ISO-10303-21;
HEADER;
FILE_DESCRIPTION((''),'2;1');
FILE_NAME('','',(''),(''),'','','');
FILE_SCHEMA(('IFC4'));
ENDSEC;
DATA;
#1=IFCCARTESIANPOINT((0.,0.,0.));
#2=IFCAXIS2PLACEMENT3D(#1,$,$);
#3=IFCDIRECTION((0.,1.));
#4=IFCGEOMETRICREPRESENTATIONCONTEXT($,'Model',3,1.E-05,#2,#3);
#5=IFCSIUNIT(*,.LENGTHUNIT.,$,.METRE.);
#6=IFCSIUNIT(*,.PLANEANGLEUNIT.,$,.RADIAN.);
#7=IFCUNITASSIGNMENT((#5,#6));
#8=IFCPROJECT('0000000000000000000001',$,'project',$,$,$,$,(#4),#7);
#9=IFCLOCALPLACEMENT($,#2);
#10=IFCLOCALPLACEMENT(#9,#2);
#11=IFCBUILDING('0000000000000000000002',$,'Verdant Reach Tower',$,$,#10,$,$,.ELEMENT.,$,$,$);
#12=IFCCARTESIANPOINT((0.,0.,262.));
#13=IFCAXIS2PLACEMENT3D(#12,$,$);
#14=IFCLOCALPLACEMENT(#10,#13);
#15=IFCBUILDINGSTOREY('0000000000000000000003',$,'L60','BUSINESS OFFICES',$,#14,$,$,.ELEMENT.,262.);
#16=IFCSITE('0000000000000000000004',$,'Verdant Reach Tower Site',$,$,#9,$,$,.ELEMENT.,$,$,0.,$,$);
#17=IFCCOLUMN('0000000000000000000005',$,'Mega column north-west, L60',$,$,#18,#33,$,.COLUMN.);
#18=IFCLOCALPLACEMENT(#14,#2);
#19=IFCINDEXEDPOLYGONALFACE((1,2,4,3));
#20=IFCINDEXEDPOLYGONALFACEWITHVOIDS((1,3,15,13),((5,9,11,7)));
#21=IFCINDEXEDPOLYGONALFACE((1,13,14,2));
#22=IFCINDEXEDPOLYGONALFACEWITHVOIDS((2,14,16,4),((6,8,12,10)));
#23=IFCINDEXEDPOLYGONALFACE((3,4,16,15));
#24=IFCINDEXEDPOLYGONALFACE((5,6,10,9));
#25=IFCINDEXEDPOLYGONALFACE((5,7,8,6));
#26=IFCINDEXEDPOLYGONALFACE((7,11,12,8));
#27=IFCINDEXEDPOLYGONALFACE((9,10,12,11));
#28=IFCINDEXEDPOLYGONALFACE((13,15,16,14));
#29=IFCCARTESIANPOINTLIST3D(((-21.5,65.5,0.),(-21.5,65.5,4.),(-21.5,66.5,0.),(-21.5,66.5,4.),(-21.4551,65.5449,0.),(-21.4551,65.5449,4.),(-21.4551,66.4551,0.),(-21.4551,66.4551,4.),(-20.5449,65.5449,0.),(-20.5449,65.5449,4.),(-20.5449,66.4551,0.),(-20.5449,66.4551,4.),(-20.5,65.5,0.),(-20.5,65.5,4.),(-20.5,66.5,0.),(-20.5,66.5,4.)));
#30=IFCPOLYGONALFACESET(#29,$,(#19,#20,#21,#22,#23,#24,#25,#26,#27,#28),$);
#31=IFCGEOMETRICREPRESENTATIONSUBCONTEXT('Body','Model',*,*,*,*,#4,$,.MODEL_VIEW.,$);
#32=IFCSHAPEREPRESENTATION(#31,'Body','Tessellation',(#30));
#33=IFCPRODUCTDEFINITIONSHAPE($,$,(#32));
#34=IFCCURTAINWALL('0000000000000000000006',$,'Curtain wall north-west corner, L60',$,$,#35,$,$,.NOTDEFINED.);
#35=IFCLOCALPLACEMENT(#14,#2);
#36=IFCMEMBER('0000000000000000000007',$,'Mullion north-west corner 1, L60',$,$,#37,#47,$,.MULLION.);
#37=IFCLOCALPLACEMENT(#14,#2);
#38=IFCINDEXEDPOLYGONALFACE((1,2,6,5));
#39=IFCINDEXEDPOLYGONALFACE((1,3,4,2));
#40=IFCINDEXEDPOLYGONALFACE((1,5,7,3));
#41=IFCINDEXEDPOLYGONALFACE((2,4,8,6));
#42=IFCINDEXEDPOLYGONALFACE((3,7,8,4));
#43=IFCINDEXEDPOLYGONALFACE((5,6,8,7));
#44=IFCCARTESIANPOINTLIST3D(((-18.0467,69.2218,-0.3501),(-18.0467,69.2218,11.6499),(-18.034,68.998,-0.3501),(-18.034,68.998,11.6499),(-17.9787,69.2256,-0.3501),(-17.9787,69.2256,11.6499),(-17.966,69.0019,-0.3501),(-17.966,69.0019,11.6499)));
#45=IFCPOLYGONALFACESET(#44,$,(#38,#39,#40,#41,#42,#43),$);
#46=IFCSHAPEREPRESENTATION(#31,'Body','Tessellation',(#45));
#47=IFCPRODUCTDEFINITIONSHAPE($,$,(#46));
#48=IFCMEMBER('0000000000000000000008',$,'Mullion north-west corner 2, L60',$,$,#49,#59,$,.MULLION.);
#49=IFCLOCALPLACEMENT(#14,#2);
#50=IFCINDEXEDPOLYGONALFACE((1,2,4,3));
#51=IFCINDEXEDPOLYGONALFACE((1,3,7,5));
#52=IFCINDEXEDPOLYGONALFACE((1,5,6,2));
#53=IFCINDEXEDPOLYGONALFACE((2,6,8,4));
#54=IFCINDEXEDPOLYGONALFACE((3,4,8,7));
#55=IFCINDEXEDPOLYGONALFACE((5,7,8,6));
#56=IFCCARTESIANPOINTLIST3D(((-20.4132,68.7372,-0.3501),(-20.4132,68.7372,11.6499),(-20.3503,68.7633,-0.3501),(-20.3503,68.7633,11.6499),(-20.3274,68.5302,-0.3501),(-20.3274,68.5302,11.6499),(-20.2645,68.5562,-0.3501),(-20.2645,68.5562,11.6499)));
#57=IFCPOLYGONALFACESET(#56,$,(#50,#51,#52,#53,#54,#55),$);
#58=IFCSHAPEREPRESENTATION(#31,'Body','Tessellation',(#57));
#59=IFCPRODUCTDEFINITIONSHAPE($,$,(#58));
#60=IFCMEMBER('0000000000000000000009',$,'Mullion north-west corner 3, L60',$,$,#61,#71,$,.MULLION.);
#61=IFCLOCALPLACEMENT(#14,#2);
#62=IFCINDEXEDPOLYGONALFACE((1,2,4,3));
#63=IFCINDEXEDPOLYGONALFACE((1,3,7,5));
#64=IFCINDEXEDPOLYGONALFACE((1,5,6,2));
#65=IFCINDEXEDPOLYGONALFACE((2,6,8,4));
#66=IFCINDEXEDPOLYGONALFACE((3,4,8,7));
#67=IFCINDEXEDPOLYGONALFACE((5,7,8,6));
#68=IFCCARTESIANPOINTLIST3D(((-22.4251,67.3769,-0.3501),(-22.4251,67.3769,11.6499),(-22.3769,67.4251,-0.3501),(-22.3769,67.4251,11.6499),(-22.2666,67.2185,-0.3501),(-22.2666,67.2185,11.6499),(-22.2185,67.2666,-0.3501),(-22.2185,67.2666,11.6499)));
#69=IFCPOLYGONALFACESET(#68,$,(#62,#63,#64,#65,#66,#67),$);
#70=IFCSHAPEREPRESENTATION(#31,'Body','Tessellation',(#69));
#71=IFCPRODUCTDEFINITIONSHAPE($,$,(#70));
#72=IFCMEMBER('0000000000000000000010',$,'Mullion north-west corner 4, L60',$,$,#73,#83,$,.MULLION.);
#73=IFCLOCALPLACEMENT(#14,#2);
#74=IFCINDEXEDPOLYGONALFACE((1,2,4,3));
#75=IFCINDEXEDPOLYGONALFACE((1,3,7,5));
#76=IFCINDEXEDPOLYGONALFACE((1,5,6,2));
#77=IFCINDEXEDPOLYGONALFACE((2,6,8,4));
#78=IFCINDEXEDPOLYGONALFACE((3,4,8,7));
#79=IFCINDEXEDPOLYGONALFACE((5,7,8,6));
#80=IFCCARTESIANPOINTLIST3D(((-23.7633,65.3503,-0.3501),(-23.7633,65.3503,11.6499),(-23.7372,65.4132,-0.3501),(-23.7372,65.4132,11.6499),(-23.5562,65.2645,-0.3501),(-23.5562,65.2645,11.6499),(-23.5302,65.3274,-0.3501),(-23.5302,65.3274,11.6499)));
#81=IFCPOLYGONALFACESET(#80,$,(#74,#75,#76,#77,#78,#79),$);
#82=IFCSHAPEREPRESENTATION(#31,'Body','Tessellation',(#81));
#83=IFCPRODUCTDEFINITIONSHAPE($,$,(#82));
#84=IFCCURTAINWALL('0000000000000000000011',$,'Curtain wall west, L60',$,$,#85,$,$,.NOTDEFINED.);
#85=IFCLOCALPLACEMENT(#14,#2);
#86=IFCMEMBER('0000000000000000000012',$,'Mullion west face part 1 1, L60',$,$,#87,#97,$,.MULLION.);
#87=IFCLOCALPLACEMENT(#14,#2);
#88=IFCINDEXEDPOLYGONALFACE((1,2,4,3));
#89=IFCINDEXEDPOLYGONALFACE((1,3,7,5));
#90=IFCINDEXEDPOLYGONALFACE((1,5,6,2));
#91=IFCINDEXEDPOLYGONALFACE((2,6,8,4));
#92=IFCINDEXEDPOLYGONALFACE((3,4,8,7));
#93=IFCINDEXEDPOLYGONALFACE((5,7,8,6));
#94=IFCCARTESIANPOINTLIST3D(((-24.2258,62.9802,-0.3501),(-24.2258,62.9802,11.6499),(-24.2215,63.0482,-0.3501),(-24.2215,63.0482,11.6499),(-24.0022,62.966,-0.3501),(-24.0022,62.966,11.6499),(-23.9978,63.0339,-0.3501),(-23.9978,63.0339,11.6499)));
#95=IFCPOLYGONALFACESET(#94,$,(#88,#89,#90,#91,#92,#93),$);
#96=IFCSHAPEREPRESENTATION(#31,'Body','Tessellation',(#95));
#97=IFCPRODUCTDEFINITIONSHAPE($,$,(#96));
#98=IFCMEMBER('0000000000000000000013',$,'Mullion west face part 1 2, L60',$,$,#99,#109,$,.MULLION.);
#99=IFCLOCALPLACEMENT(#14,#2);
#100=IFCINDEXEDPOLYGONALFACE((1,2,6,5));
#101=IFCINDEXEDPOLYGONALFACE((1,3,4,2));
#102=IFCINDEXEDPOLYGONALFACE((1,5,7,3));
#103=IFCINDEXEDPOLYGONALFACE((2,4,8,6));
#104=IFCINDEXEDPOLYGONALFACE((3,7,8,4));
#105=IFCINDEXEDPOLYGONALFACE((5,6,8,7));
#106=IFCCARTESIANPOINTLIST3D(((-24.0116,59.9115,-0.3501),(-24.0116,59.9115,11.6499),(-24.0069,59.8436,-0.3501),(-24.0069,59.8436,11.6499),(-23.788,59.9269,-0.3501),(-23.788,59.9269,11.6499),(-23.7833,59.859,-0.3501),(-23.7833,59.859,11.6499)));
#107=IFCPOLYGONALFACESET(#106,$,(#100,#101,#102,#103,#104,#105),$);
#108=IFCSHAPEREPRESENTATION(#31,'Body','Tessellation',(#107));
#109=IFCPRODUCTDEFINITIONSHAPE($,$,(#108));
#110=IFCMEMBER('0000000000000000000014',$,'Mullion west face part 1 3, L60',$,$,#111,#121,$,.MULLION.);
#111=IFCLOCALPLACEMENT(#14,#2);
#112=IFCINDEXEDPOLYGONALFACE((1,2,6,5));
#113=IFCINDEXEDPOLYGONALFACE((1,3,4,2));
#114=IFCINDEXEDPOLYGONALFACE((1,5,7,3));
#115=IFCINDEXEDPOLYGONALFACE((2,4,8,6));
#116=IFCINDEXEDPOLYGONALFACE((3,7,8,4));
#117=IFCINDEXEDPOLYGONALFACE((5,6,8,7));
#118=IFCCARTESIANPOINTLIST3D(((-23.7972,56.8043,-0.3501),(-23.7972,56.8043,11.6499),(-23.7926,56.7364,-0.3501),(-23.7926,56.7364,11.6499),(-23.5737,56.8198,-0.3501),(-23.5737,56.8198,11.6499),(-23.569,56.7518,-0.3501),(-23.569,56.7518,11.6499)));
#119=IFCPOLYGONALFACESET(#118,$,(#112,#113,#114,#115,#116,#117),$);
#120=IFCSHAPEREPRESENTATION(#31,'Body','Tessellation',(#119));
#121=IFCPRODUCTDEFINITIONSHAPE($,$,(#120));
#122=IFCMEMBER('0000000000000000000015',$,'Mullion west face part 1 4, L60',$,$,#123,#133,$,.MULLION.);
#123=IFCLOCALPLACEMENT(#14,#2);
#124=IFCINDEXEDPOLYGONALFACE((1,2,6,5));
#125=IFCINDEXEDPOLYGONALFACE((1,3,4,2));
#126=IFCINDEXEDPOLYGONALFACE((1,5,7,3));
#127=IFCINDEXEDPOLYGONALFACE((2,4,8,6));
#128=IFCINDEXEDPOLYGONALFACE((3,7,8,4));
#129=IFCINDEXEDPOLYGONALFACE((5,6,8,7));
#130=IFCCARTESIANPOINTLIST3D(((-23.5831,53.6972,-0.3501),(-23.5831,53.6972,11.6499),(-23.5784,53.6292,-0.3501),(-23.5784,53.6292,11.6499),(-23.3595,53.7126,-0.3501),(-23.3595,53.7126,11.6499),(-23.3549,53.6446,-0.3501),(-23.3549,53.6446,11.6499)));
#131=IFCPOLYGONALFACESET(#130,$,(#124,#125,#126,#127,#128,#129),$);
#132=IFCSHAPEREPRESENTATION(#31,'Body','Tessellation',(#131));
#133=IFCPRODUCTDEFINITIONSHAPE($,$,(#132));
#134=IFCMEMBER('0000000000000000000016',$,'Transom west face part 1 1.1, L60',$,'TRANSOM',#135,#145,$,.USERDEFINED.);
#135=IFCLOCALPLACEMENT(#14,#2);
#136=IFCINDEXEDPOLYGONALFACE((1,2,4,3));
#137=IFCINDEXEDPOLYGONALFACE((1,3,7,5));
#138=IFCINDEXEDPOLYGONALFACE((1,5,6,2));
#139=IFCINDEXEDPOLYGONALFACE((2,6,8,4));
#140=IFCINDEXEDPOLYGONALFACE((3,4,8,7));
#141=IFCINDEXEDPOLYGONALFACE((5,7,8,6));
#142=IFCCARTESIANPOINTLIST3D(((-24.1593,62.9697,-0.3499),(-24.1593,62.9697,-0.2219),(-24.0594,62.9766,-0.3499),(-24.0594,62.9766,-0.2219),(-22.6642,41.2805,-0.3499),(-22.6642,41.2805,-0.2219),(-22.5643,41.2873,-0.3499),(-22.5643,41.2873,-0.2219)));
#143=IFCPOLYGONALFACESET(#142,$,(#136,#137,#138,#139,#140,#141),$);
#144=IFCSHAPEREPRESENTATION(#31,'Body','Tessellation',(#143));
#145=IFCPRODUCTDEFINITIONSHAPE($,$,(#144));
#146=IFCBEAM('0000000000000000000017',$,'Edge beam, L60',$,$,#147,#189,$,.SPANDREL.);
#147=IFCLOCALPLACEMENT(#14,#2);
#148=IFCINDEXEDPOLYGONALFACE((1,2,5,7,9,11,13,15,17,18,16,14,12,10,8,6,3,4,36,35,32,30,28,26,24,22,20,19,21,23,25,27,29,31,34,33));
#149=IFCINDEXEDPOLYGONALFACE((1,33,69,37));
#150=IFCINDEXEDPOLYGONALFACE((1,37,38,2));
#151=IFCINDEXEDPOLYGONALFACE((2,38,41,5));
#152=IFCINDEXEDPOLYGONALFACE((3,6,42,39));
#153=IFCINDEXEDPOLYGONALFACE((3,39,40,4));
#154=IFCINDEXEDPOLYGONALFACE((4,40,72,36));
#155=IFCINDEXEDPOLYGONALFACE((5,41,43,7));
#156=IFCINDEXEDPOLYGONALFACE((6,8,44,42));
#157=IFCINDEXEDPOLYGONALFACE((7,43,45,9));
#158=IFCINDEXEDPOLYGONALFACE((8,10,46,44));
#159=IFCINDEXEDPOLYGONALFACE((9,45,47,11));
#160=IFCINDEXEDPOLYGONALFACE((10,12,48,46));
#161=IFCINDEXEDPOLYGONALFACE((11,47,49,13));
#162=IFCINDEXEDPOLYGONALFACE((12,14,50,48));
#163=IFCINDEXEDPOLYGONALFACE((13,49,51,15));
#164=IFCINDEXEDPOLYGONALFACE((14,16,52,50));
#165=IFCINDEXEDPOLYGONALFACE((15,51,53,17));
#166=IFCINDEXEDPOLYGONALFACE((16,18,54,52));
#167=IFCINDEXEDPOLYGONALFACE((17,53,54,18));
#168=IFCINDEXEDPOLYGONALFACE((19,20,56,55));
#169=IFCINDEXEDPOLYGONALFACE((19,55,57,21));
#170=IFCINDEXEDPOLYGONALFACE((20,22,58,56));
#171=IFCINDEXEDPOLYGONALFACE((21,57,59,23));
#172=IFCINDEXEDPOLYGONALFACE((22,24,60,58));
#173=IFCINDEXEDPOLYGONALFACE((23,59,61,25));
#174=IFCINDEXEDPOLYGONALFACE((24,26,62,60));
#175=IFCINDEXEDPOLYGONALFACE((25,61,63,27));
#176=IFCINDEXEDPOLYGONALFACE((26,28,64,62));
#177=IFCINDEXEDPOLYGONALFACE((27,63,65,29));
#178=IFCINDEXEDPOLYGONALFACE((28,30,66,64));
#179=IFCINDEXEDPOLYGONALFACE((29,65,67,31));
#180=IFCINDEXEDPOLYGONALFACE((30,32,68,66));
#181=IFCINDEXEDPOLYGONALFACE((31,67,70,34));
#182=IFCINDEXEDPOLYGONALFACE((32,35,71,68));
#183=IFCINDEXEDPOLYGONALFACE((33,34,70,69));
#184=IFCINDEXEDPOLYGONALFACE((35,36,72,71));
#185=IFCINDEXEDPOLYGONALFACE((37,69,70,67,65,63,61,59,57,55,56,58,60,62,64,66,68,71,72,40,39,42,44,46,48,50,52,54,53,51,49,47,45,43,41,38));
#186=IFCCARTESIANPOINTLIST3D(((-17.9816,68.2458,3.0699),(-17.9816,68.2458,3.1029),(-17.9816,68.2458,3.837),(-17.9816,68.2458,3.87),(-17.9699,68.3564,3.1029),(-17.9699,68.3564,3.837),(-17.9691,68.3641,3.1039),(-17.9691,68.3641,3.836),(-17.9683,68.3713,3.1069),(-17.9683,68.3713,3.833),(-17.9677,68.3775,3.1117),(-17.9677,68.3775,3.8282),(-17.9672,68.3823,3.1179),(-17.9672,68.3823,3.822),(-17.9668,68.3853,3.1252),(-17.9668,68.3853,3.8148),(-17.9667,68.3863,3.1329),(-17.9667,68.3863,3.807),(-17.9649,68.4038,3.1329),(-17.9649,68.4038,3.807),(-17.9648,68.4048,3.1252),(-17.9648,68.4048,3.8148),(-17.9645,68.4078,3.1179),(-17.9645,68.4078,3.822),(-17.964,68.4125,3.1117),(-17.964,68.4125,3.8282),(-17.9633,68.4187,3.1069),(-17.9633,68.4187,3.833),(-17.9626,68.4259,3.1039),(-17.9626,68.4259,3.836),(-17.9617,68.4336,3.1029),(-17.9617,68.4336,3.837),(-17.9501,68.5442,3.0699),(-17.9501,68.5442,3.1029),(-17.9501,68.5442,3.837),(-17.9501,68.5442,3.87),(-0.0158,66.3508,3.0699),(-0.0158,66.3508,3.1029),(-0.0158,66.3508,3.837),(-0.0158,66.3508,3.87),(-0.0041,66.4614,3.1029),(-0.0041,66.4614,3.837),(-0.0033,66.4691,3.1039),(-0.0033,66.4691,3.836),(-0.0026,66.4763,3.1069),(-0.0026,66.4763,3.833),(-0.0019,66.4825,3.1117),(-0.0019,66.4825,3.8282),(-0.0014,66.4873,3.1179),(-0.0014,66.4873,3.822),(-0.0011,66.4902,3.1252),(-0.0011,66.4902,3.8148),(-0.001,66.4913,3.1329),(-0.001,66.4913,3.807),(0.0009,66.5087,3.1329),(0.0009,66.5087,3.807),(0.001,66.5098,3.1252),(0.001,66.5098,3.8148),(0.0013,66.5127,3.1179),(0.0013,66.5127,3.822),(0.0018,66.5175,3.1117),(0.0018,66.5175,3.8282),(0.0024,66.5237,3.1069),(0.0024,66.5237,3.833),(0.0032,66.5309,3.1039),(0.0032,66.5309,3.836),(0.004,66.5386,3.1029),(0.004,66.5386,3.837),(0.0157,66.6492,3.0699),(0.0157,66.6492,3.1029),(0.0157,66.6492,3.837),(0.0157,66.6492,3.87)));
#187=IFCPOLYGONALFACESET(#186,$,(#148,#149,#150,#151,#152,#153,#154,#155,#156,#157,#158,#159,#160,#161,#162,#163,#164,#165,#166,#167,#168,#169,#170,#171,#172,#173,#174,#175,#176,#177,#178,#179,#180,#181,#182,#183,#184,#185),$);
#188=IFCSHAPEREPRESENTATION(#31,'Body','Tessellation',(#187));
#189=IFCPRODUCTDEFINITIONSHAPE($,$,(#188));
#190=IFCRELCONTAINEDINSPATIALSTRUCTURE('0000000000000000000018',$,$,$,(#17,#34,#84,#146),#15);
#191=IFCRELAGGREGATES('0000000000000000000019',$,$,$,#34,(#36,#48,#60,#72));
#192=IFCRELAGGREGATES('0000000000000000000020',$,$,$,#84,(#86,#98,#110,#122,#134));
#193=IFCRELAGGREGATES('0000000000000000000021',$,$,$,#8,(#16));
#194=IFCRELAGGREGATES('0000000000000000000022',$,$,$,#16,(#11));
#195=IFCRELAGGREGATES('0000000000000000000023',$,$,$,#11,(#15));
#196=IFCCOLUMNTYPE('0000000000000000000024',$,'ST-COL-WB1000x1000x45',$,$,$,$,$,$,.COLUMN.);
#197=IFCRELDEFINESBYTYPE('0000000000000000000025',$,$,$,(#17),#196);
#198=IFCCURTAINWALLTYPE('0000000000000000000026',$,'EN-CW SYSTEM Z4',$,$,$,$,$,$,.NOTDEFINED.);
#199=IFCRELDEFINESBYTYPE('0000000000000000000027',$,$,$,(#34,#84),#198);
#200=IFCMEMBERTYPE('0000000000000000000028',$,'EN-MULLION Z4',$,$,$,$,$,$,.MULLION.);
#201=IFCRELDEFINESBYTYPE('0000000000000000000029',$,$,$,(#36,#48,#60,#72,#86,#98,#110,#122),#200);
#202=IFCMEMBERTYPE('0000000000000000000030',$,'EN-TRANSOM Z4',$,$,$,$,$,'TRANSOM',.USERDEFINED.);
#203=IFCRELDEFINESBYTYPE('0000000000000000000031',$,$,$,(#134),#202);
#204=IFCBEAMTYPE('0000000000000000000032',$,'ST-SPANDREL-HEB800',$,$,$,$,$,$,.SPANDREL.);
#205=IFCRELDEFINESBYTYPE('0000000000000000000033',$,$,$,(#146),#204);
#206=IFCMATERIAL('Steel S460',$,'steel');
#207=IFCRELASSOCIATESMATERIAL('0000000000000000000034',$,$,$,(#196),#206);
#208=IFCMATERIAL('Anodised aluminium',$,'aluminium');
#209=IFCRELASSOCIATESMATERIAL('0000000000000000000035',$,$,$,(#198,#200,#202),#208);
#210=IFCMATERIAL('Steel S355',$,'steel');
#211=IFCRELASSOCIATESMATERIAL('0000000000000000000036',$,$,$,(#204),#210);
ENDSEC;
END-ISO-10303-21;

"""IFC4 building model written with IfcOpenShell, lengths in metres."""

from ifc_helpers import new_model, si_unit, direction, frame, origin, origin_2d, place, context, subcontext, project, spatial, rectangle, hollow_rectangle, i_section, extrude, material, material_profile, profile_set, type_object, element, aggregate, save


model = new_model("IFC4")

# Units and contexts
model_context = context("Model", 3, precision=1e-05, world=origin(), true_north=direction((0.0, 1.0)))
body_context = subcontext(model_context, "Body", "Model", "MODEL_VIEW")
ifc_project = project(units=[si_unit("LENGTHUNIT", "METRE"), si_unit("PLANEANGLEUNIT", "RADIAN")], contexts=[model_context])

# Site, building, storey
site_placement = place(None, origin())
site = spatial("IfcSite", under=ifc_project, at=site_placement, Name="Verdant Reach Tower Site", CompositionType="ELEMENT", RefElevation=0.0)
building_placement = place(site_placement, origin())
building = spatial("IfcBuilding", under=site, at=building_placement, Name="Verdant Reach Tower", CompositionType="ELEMENT")
storey_placement = place(building_placement, frame((0.0, 0.0, 262.0)))
storey = spatial("IfcBuildingStorey", under=building, at=storey_placement, Name="L60", Description="BUSINESS OFFICES", CompositionType="ELEMENT", Elevation=262.0)

# Column
ifc_material_1 = material(Name="Steel S460", Category="steel")
ifc_material_profile_1 = material_profile(ifc_material_1, hollow_rectangle(XDim=1.0, YDim=1.0, WallThickness=0.0449, at=origin_2d()), Name="WB 1000x1000x45")
ifc_profile_set_1 = profile_set([ifc_material_profile_1], Name="Steel S460")
column_type = type_object("IfcColumnType", Name="ST-COL-WB1000x1000x45", PredefinedType="COLUMN", material=ifc_profile_set_1)
column_placement = place(storey_placement, frame((-21.0, 66.0, 0.0), z_axis=(0.0, 0.0, 1.0), x_axis=(1.0, 0.0, 0.0)))
element("IfcColumn", 1, at=column_placement, inside=storey, type_object=column_type, Name="Mega column north-west, L60", PredefinedType="COLUMN", context=body_context, shape_type="SweptSolid", body=[
    extrude(hollow_rectangle(XDim=1.0, YDim=1.0, WallThickness=0.0449, at=origin_2d()), origin(), (0.0, 0.0, 1.0), 4.0),
])

# Curtain walls, members
ifc_material_2 = material(Name="Anodised aluminium", Category="aluminium")
curtain_wall_type = type_object("IfcCurtainWallType", Name="EN-CW SYSTEM Z4", PredefinedType="NOTDEFINED", material=ifc_material_2)
curtain_wall_1_placement = place(storey_placement, origin())
curtain_wall_1 = element("IfcCurtainWall", 2, at=curtain_wall_1_placement, inside=storey, type_object=curtain_wall_type, Name="Curtain wall north-west corner, L60", PredefinedType="NOTDEFINED")
ifc_material_profile_2 = material_profile(ifc_material_2, rectangle(XDim=0.2241, YDim=0.0681, at=origin_2d()), Name="Mullion 68x224")
ifc_profile_set_2 = profile_set([ifc_material_profile_2], Name="Anodised aluminium")
member_type_1 = type_object("IfcMemberType", Name="EN-MULLION Z4", PredefinedType="MULLION", material=ifc_profile_set_2)
member_1_placement = place(storey_placement, frame((-18.0063, 69.1118, -0.3501), z_axis=(0.0, 0.0, 1.0), x_axis=(-0.056569, 0.998399, 0.0)))
member_1 = element("IfcMember", 3, at=member_1_placement, type_object=member_type_1, Name="Mullion north-west corner 1, L60", PredefinedType="MULLION", context=body_context, shape_type="SweptSolid", body=[
    extrude(rectangle(XDim=0.2241, YDim=0.0681, at=origin_2d()), origin(), (0.0, 0.0, 1.0), 12.0),
])
member_2_placement = place(storey_placement, frame((-20.3389, 68.6467, -0.3501), z_axis=(0.0, 0.0, 1.0), x_axis=(-0.382694, 0.923875, 0.0)))
member_2 = element("IfcMember", 4, at=member_2_placement, type_object=member_type_1, Name="Mullion north-west corner 2, L60", PredefinedType="MULLION", context=body_context, shape_type="SweptSolid", body=[
    extrude(rectangle(XDim=0.2241, YDim=0.0681, at=origin_2d()), origin(), (0.0, 0.0, 1.0), 12.0),
])
member_3_placement = place(storey_placement, frame((-22.3218, 67.3218, -0.3501), z_axis=(0.0, 0.0, 1.0), x_axis=(-0.707107, 0.707107, 0.0)))
member_3 = element("IfcMember", 5, at=member_3_placement, type_object=member_type_1, Name="Mullion north-west corner 3, L60", PredefinedType="MULLION", context=body_context, shape_type="SweptSolid", body=[
    extrude(rectangle(XDim=0.2241, YDim=0.0681, at=origin_2d()), origin(), (0.0, 0.0, 1.0), 12.0),
])
member_4_placement = place(storey_placement, frame((-23.6467, 65.3389, -0.3501), z_axis=(0.0, 0.0, 1.0), x_axis=(-0.923875, 0.382694, 0.0)))
member_4 = element("IfcMember", 6, at=member_4_placement, type_object=member_type_1, Name="Mullion north-west corner 4, L60", PredefinedType="MULLION", context=body_context, shape_type="SweptSolid", body=[
    extrude(rectangle(XDim=0.2241, YDim=0.0681, at=origin_2d()), origin(), (0.0, 0.0, 1.0), 12.0),
])
curtain_wall_2_placement = place(storey_placement, origin())
curtain_wall_2 = element("IfcCurtainWall", 7, at=curtain_wall_2_placement, inside=storey, type_object=curtain_wall_type, Name="Curtain wall west, L60", PredefinedType="NOTDEFINED")
member_5_placement = place(storey_placement, frame((-24.1118, 63.0071, -0.3501), z_axis=(0.0, 0.0, 1.0), x_axis=(-0.997969, 0.063699, 0.0)))
member_5 = element("IfcMember", 8, at=member_5_placement, type_object=member_type_1, Name="Mullion west face part 1 1, L60", PredefinedType="MULLION", context=body_context, shape_type="SweptSolid", body=[
    extrude(rectangle(XDim=0.2241, YDim=0.0681, at=origin_2d()), origin(), (0.0, 0.0, 1.0), 12.0),
])
member_6_placement = place(storey_placement, frame((-23.8975, 59.8853, -0.3501), z_axis=(0.0, 0.0, 1.0), x_axis=(-0.99763, -0.068802, 0.0)))
member_6 = element("IfcMember", 9, at=member_6_placement, type_object=member_type_1, Name="Mullion west face part 1 2, L60", PredefinedType="MULLION", context=body_context, shape_type="SweptSolid", body=[
    extrude(rectangle(XDim=0.2241, YDim=0.0681, at=origin_2d()), origin(), (0.0, 0.0, 1.0), 12.0),
])
member_7_placement = place(storey_placement, frame((-23.6831, 56.7781, -0.3501), z_axis=(0.0, 0.0, 1.0), x_axis=(-0.99763, -0.068802, 0.0)))
member_7 = element("IfcMember", 10, at=member_7_placement, type_object=member_type_1, Name="Mullion west face part 1 3, L60", PredefinedType="MULLION", context=body_context, shape_type="SweptSolid", body=[
    extrude(rectangle(XDim=0.2241, YDim=0.0681, at=origin_2d()), origin(), (0.0, 0.0, 1.0), 12.0),
])
member_8_placement = place(storey_placement, frame((-23.469, 53.6709, -0.3501), z_axis=(0.0, 0.0, 1.0), x_axis=(-0.99763, -0.068802, 0.0)))
member_8 = element("IfcMember", 11, at=member_8_placement, type_object=member_type_1, Name="Mullion west face part 1 4, L60", PredefinedType="MULLION", context=body_context, shape_type="SweptSolid", body=[
    extrude(rectangle(XDim=0.2241, YDim=0.0681, at=origin_2d()), origin(), (0.0, 0.0, 1.0), 12.0),
])
ifc_material_profile_3 = material_profile(ifc_material_2, rectangle(XDim=0.1001, YDim=0.1279, at=origin_2d()), Name="Transom 128x100")
ifc_profile_set_3 = profile_set([ifc_material_profile_3], Name="Anodised aluminium")
member_type_2 = type_object("IfcMemberType", Name="EN-TRANSOM Z4", ElementType="TRANSOM", PredefinedType="USERDEFINED", material=ifc_profile_set_3)
member_9_placement = place(storey_placement, frame((-24.1094, 62.9731, -0.2859), z_axis=(0.06877, -0.997633, 0.0), x_axis=(0.997633, 0.06877, 0.0)))
member_9 = element("IfcMember", 12, at=member_9_placement, type_object=member_type_2, Name="Transom west face part 1 1.1, L60", ObjectType="TRANSOM", PredefinedType="USERDEFINED", context=body_context, shape_type="SweptSolid", body=[
    extrude(rectangle(XDim=0.1001, YDim=0.1279, at=origin_2d()), origin(), (0.0, 0.0, 1.0), 21.7407),
])

# Beam
ifc_material_3 = material(Name="Steel S355", Category="steel")
ifc_material_profile_4 = material_profile(ifc_material_3, i_section(OverallWidth=0.3, OverallDepth=0.8, WebThickness=0.0176, FlangeThickness=0.033, FilletRadius=0.03, at=origin_2d()), Name="HEB 800")
ifc_profile_set_4 = profile_set([ifc_material_profile_4], Name="Steel S355")
beam_type_1 = type_object("IfcBeamType", Name="ST-SPANDREL-HEB800", PredefinedType="SPANDREL", material=ifc_profile_set_4)
beam_1_placement = place(storey_placement, frame((-17.9658, 68.395, 3.47), z_axis=(0.994483, -0.104897, 0.0), x_axis=(0.104897, 0.994483, 0.0)))
element("IfcBeam", 13, at=beam_1_placement, inside=storey, type_object=beam_type_1, Name="Edge beam, L60", PredefinedType="SPANDREL", context=body_context, shape_type="SweptSolid", body=[
    extrude(i_section(OverallWidth=0.3, OverallDepth=0.8, WebThickness=0.0176, FlangeThickness=0.033, FilletRadius=0.03, at=origin_2d()), origin(), (0.0, 0.0, 1.0), 18.0654),
])

aggregate(curtain_wall_1, [member_1, member_2, member_3, member_4])
aggregate(curtain_wall_2, [member_5, member_6, member_7, member_8, member_9])

save(model, "model.ifc")
